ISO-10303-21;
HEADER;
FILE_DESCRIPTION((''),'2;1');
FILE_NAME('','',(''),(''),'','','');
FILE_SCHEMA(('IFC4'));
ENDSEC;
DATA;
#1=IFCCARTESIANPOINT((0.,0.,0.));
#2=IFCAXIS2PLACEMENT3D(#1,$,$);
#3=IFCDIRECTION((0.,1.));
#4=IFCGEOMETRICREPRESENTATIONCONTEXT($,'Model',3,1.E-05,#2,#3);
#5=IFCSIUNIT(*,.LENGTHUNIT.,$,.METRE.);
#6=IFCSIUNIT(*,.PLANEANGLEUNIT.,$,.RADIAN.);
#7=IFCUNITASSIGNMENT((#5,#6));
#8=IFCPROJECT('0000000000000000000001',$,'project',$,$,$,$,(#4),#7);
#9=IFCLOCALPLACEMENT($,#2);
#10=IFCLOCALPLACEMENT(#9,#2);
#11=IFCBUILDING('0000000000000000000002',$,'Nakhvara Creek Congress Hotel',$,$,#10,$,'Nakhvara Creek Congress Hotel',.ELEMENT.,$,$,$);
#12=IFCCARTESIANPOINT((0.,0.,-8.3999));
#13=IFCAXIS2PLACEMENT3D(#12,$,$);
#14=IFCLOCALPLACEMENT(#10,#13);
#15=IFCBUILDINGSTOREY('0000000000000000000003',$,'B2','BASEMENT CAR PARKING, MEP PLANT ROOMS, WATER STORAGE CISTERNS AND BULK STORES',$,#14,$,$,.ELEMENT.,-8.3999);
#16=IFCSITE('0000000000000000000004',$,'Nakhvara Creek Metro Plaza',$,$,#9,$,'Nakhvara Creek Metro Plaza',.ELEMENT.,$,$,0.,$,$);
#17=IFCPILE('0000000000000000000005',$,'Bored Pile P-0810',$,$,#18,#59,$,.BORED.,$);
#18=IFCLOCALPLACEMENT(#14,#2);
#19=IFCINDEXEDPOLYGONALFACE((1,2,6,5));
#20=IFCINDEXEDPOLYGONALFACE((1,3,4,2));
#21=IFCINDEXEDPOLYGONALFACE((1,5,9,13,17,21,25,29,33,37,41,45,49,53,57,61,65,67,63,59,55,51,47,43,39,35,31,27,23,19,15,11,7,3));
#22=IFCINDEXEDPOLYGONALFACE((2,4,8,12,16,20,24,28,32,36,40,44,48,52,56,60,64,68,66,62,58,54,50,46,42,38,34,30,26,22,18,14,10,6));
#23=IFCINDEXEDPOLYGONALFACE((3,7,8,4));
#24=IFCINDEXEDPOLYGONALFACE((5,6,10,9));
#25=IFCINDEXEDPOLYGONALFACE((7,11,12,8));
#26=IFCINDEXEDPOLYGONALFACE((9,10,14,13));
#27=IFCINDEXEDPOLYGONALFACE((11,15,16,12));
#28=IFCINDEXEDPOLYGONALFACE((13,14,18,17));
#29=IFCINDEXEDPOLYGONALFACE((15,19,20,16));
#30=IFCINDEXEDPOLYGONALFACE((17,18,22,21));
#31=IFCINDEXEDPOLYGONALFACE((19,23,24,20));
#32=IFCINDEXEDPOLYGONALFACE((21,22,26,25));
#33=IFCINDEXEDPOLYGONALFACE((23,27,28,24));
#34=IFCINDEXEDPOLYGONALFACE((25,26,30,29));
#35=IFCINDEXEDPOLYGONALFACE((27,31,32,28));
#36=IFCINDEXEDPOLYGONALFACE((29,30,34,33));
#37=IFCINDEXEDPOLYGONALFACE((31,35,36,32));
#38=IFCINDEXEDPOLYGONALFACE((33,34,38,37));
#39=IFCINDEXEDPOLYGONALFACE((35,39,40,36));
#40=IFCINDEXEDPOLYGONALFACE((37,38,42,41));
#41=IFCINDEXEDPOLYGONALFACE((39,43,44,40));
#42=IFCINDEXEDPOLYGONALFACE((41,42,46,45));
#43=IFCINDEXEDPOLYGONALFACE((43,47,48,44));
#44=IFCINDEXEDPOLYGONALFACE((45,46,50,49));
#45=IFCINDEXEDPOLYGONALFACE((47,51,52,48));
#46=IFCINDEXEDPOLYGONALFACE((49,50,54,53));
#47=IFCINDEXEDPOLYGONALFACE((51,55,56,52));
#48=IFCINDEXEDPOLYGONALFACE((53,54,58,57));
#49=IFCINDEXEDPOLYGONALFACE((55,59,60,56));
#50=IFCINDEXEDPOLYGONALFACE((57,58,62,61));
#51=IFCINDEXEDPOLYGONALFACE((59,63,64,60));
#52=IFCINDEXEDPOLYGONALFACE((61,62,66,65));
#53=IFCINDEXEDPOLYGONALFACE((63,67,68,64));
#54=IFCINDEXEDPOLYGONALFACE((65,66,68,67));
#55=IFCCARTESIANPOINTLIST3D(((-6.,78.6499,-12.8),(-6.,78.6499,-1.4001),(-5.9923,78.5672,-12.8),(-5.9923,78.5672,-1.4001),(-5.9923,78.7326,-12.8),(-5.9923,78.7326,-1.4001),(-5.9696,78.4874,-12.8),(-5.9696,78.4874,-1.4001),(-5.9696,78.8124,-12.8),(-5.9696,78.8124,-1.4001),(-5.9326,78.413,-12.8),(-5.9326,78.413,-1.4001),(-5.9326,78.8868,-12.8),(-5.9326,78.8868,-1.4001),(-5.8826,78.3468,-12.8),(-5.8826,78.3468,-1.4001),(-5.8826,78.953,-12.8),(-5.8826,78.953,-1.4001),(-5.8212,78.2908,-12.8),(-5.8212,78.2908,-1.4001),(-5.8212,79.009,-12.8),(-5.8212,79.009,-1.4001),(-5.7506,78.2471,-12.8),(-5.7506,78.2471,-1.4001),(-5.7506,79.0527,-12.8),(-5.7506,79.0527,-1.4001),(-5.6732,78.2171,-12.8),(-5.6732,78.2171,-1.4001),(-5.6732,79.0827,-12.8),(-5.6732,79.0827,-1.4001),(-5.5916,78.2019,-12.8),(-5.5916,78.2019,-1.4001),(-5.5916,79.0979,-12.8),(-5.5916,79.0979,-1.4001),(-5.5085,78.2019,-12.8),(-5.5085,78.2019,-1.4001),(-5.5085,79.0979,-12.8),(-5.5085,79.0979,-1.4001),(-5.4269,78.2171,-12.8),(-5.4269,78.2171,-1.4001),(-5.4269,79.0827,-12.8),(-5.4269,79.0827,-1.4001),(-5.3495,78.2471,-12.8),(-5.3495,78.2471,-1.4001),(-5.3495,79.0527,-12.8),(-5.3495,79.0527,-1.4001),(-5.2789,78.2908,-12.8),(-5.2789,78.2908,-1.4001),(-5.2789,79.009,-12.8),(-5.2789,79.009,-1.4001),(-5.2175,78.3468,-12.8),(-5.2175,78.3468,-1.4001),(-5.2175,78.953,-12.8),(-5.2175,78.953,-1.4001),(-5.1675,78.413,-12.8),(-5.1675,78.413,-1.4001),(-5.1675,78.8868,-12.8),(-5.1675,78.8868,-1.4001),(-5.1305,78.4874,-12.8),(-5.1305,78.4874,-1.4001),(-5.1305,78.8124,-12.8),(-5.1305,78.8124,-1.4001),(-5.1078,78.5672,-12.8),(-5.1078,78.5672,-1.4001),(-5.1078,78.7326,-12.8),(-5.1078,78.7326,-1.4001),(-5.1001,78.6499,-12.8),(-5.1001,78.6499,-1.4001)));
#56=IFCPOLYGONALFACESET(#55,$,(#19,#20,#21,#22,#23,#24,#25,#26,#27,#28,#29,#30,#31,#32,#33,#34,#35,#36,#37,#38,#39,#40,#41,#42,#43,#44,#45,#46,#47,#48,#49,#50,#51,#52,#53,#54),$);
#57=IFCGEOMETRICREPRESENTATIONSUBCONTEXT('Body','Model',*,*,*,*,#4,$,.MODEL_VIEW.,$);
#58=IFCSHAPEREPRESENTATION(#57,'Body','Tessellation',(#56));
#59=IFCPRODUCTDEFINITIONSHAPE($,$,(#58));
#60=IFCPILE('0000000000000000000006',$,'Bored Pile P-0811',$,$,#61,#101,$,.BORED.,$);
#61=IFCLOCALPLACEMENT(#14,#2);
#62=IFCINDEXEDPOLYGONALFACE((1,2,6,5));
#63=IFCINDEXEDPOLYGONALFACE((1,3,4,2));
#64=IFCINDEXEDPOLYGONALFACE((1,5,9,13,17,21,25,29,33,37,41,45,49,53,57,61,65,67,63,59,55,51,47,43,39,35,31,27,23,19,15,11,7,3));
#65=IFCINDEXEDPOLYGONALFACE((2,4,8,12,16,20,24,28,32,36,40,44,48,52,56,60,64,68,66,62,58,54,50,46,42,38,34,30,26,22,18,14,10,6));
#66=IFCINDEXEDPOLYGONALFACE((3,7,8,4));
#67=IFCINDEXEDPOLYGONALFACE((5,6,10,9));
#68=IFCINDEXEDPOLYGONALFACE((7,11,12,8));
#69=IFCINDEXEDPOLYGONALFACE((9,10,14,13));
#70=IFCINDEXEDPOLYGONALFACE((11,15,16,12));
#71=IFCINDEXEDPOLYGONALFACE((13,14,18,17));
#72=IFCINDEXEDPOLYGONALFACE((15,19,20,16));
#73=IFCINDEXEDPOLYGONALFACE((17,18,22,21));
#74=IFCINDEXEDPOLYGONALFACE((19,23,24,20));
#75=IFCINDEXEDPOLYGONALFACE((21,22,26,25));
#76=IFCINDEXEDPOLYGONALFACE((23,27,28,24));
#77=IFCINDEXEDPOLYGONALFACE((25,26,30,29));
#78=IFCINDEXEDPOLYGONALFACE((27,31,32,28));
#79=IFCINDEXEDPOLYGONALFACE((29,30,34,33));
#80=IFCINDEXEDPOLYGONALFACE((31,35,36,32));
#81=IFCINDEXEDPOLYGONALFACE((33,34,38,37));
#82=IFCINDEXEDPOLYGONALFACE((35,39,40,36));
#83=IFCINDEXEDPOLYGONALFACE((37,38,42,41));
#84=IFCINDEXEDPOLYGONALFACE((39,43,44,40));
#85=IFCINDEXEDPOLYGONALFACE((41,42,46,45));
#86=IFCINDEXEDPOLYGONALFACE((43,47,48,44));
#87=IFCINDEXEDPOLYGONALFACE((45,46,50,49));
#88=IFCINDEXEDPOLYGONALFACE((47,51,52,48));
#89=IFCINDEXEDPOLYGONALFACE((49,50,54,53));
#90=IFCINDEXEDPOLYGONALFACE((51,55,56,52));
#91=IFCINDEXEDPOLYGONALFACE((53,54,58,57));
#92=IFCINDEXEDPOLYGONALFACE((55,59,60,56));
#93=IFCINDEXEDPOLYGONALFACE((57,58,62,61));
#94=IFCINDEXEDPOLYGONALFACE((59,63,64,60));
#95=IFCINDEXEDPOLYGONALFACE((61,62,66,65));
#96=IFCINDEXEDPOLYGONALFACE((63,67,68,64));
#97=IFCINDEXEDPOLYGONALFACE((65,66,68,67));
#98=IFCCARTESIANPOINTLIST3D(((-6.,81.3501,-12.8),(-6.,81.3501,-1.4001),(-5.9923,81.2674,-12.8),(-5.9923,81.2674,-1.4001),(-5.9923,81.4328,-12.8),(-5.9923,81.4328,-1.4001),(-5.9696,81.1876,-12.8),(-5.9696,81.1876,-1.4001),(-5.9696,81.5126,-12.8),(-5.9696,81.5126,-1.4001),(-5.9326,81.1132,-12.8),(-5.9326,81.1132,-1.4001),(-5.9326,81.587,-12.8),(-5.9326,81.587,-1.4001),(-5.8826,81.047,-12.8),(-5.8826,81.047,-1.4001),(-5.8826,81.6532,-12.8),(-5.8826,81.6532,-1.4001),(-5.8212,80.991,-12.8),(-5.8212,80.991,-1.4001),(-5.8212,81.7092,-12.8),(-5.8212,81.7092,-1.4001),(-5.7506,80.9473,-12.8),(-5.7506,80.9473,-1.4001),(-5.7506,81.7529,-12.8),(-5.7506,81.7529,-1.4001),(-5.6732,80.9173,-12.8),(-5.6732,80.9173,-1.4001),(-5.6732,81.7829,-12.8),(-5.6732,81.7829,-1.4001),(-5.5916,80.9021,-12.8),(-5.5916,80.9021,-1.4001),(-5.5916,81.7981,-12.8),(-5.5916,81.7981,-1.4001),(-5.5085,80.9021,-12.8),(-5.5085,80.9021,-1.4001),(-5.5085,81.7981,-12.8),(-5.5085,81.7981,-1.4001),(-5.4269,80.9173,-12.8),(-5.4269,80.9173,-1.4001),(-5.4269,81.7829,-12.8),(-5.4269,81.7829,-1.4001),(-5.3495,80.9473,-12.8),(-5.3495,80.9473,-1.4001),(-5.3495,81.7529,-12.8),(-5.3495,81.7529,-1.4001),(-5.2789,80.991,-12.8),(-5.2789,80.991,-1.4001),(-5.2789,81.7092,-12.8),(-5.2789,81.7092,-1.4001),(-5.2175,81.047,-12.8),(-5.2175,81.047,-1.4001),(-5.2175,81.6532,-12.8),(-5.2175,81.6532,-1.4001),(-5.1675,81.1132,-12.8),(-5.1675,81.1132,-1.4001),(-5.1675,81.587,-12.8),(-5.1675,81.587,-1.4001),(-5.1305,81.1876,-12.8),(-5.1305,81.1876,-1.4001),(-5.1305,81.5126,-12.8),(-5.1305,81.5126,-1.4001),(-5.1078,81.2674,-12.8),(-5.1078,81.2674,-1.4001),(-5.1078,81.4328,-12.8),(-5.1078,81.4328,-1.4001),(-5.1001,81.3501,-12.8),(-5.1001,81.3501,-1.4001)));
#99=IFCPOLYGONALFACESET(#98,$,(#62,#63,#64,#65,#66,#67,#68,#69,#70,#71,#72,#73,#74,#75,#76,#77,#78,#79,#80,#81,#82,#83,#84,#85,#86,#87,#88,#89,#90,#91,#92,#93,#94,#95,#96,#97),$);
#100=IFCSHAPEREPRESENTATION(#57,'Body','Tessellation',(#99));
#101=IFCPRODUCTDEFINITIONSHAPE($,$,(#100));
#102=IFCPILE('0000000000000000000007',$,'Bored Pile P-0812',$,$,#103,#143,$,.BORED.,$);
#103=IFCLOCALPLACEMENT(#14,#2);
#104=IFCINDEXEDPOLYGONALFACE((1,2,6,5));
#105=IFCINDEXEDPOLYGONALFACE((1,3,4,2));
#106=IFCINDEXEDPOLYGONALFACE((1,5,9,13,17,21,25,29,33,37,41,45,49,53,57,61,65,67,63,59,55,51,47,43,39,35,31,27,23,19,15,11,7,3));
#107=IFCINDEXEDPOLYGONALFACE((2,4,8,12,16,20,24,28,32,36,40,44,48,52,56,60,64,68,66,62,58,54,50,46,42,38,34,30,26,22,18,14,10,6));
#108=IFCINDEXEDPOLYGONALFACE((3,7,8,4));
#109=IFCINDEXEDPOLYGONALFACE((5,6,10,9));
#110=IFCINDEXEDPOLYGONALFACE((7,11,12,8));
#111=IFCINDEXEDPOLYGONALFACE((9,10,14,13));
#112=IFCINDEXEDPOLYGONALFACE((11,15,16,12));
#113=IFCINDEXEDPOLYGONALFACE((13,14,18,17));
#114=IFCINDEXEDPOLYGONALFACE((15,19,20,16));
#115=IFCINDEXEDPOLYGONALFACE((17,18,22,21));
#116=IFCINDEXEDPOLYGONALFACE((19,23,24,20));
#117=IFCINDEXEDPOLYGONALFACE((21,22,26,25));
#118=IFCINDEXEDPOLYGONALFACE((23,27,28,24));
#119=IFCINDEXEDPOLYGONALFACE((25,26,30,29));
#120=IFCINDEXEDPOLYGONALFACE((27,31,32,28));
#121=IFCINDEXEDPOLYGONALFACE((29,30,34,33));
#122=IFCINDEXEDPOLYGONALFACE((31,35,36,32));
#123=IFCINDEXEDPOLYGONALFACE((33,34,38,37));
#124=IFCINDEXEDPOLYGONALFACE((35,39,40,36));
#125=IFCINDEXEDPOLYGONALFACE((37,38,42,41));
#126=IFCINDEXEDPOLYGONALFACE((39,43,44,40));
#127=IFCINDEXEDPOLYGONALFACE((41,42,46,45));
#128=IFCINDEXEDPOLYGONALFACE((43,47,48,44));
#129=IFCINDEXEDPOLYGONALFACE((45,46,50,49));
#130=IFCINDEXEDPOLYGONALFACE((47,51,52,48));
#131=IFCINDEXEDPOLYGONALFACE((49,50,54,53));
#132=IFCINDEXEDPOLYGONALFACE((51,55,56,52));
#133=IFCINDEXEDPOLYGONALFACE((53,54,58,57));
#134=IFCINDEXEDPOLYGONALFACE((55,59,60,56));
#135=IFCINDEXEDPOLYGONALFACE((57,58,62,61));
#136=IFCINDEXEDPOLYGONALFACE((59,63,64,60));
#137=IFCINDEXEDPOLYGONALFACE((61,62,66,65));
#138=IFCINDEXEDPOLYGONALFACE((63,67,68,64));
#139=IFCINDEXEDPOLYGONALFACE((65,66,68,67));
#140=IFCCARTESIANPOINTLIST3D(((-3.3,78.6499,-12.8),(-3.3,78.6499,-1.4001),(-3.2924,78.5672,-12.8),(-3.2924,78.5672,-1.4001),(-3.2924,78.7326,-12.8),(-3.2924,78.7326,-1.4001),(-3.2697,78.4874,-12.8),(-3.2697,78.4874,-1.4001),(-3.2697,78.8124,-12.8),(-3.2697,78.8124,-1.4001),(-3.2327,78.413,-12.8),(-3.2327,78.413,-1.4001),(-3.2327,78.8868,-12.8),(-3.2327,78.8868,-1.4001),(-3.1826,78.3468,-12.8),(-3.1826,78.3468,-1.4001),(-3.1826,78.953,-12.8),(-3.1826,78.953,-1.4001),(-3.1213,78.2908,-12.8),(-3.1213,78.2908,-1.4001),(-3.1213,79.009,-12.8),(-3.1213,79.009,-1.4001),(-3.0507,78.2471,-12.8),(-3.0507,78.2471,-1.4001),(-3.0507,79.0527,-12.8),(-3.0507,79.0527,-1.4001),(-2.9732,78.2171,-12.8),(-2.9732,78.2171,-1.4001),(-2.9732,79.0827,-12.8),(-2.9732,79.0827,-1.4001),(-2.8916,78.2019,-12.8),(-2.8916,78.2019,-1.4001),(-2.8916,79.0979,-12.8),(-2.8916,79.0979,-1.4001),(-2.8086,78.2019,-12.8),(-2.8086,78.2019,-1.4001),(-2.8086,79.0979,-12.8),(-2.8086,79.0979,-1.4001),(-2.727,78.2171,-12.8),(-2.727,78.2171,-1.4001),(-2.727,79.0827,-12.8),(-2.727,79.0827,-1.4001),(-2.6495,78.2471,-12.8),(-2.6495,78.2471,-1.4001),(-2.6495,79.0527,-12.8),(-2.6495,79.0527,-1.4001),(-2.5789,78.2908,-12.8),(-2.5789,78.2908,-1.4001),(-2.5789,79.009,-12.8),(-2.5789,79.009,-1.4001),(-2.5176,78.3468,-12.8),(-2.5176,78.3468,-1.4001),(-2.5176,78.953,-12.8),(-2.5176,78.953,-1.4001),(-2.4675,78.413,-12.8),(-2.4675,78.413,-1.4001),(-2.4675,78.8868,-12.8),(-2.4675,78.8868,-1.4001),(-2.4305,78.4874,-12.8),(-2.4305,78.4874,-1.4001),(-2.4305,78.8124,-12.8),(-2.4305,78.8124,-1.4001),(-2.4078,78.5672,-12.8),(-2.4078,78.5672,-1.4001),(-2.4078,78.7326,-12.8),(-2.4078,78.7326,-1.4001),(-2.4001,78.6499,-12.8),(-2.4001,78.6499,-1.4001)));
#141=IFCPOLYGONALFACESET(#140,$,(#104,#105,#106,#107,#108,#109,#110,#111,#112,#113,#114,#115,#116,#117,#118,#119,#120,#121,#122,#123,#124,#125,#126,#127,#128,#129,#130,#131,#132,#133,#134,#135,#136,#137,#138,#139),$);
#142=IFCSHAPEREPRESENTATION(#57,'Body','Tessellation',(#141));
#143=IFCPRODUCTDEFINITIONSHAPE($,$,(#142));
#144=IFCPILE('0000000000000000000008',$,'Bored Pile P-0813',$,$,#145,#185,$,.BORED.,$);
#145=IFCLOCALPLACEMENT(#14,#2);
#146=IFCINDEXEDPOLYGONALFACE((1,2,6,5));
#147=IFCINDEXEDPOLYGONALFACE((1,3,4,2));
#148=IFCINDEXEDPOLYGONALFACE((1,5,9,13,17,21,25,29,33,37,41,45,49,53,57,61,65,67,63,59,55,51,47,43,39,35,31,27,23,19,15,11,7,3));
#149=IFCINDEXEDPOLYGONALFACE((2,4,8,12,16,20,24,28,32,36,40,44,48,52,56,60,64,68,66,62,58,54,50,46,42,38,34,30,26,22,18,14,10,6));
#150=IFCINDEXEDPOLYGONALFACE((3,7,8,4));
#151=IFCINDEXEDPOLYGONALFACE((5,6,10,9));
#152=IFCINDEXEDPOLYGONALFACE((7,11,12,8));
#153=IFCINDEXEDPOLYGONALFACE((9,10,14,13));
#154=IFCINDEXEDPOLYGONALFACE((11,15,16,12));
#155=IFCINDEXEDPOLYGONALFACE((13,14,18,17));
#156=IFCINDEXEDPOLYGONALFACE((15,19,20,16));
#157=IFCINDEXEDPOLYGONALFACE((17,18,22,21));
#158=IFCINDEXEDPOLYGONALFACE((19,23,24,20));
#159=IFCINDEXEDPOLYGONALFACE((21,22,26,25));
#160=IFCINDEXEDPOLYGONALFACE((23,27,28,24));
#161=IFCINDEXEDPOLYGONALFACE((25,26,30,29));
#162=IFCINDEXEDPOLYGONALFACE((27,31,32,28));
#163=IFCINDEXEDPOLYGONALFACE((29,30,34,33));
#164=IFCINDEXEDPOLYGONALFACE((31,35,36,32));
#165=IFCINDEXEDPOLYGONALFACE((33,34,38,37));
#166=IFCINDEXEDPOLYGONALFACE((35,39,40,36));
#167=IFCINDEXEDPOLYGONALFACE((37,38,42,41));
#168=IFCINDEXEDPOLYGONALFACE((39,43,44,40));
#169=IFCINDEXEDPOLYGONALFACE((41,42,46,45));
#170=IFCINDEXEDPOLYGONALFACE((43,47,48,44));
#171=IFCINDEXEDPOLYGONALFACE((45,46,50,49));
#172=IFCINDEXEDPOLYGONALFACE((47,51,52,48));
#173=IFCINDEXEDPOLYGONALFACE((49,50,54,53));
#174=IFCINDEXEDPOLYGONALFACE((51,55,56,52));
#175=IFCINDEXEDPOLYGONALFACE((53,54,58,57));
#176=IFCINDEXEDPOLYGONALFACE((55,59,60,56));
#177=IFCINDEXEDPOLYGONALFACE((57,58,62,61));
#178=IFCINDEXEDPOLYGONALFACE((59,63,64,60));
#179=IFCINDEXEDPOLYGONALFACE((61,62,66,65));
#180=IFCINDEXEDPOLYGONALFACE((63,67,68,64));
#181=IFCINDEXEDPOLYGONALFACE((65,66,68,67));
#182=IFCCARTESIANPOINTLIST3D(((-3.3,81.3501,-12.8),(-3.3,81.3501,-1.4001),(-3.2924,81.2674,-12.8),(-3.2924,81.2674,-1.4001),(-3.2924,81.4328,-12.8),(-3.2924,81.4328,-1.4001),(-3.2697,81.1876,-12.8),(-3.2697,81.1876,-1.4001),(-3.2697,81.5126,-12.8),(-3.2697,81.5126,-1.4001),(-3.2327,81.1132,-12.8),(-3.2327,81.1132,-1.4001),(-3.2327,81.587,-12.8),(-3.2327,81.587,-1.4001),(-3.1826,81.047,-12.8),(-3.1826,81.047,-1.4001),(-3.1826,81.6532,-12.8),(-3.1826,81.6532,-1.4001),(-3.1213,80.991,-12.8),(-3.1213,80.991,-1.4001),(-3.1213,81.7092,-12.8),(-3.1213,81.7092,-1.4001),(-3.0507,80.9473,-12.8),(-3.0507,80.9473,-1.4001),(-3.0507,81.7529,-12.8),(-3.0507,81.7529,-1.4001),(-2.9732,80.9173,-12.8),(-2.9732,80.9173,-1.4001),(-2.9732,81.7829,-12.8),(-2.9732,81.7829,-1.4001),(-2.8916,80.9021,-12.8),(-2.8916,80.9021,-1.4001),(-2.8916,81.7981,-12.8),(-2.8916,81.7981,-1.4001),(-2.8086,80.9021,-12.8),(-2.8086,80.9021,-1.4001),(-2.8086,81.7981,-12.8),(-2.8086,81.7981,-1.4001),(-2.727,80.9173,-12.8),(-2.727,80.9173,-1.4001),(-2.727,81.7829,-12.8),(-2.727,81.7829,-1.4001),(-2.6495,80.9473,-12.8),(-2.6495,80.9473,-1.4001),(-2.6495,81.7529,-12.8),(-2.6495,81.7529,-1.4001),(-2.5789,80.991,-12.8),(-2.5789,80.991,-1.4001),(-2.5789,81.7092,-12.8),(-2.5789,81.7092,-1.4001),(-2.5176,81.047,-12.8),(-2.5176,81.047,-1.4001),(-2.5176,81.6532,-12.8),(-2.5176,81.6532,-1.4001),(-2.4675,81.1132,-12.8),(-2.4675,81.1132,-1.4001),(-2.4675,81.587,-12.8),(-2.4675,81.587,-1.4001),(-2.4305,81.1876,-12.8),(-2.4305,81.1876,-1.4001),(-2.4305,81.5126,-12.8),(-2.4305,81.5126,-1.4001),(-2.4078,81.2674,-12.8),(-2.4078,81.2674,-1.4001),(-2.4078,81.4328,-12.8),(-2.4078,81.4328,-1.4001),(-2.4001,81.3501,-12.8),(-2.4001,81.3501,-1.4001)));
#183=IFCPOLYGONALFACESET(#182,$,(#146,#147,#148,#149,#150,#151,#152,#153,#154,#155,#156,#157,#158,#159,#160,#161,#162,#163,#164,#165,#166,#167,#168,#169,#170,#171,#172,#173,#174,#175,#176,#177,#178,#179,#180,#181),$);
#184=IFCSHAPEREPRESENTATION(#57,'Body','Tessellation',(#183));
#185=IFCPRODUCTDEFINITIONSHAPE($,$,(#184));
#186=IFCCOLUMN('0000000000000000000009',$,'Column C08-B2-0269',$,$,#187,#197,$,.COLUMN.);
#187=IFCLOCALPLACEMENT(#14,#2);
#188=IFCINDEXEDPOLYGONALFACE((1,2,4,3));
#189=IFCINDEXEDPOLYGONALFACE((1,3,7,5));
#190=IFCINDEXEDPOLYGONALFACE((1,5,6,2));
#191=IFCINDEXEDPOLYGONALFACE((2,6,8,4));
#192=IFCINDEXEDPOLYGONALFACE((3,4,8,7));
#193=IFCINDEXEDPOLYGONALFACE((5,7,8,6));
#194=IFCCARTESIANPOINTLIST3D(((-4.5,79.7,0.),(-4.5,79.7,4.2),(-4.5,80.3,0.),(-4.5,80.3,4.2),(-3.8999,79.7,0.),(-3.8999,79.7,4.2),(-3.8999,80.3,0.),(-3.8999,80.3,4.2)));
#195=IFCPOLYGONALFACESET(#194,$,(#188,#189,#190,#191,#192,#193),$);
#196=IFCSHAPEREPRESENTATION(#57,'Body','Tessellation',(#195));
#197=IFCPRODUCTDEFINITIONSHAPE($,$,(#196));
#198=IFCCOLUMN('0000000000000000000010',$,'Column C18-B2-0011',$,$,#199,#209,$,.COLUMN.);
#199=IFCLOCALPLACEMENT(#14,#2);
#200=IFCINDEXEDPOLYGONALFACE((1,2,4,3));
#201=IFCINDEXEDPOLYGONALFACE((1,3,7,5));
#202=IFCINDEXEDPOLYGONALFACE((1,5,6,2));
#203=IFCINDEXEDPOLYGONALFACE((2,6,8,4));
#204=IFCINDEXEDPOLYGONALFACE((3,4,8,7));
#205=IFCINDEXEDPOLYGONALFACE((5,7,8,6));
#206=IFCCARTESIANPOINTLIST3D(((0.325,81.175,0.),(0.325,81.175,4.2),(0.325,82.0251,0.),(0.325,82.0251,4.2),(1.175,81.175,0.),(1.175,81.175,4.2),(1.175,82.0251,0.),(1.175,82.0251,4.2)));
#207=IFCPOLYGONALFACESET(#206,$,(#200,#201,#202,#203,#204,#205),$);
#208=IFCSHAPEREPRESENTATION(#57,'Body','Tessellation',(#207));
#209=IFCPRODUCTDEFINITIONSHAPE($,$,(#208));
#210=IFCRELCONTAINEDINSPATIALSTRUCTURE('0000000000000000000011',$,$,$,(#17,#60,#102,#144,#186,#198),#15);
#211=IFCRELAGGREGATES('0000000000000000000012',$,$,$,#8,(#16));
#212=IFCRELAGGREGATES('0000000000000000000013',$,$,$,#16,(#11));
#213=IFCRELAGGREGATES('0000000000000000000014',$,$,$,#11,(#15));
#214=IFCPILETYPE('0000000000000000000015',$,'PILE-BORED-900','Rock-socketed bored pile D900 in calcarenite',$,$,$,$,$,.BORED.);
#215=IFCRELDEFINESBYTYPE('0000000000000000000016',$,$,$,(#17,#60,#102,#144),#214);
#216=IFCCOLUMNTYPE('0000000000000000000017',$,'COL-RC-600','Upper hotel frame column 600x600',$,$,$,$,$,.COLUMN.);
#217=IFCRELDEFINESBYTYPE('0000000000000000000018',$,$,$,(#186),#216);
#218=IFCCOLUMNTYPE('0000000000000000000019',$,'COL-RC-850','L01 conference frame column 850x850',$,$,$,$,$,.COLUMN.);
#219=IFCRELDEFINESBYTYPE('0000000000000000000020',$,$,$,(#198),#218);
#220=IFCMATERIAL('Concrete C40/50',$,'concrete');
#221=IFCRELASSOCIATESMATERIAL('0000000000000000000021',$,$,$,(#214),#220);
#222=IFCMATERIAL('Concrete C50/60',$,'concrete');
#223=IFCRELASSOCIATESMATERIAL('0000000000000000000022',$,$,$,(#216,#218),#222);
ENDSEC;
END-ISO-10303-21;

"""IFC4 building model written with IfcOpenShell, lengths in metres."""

from ifc_helpers import new_model, si_unit, direction, frame, origin, origin_2d, place, context, subcontext, project, spatial, rectangle, circle, extrude, material, material_profile, profile_set, type_object, element, save


model = new_model("IFC4")

# Units and contexts
model_context = context("Model", 3, precision=1e-05, world=origin(), true_north=direction((0.0, 1.0)))
body_context = subcontext(model_context, "Body", "Model", "MODEL_VIEW")
ifc_project = project(units=[si_unit("LENGTHUNIT", "METRE"), si_unit("PLANEANGLEUNIT", "RADIAN")], contexts=[model_context])

# Site, building, storey
site_placement = place(None, origin())
site = spatial("IfcSite", under=ifc_project, at=site_placement, Name="Nakhvara Creek Metro Plaza", LongName="Nakhvara Creek Metro Plaza", CompositionType="ELEMENT", RefElevation=0.0)
building_placement = place(site_placement, origin())
building = spatial("IfcBuilding", under=site, at=building_placement, Name="Nakhvara Creek Congress Hotel", LongName="Nakhvara Creek Congress Hotel", CompositionType="ELEMENT")
storey_placement = place(building_placement, frame((0.0, 0.0, -8.3999)))
storey = spatial("IfcBuildingStorey", under=building, at=storey_placement, Name="B2", Description="BASEMENT CAR PARKING, MEP PLANT ROOMS, WATER STORAGE CISTERNS AND BULK STORES", CompositionType="ELEMENT", Elevation=-8.3999)

# Shared definitions
ifc_material_1 = material(Name="Concrete C40/50", Category="concrete")

# Piles
ifc_material_profile_1 = material_profile(ifc_material_1, circle(Radius=0.45, at=origin_2d()), Name="BORED PILE D900", Category="LoadBearing")
ifc_profile_set_1 = profile_set([ifc_material_profile_1], Name="Concrete C40/50")
pile_type = type_object("IfcPileType", Name="PILE-BORED-900", Description="Rock-socketed bored pile D900 in calcarenite", PredefinedType="BORED", material=ifc_profile_set_1)
for number, where, z_axis, x_axis, name in (
    (1, (-5.55, 78.6499, -1.4001), (0.0, 0.0, -1.0), (1.0, 0.0, 0.0), "Bored Pile P-0810"),
    (2, (-5.55, 81.3501, -1.4001), (0.0, 0.0, -1.0), (1.0, 0.0, 0.0), "Bored Pile P-0811"),
    (3, (-2.8501, 78.6499, -1.4001), (0.0, 0.0, -1.0), (1.0, 0.0, 0.0), "Bored Pile P-0812"),
    (4, (-2.8501, 81.3501, -1.4001), (0.0, 0.0, -1.0), (1.0, 0.0, 0.0), "Bored Pile P-0813"),
):
    element("IfcPile", number, at=place(storey_placement, frame(where, z_axis=z_axis, x_axis=x_axis)), inside=storey, type_object=pile_type, Name=name, PredefinedType="BORED", context=body_context, shape_type="SweptSolid", body=[
        extrude(circle(Radius=0.45, at=origin_2d()), origin(), (0.0, 0.0, 1.0), 11.3999),
    ])

# Columns
ifc_material_2 = material(Name="Concrete C50/60", Category="concrete")
ifc_material_profile_2 = material_profile(ifc_material_2, rectangle(XDim=0.6001, YDim=0.6001, at=origin_2d()), Name="RC-COL 600x600", Category="LoadBearing")
ifc_profile_set_2 = profile_set([ifc_material_profile_2], Name="Concrete C50/60")
column_type_1 = type_object("IfcColumnType", Name="COL-RC-600", Description="Upper hotel frame column 600x600", PredefinedType="COLUMN", material=ifc_profile_set_2)
column_1_placement = place(storey_placement, frame((-4.2, 80.0, 0.0), z_axis=(0.0, 0.0, 1.0), x_axis=(1.0, 0.0, 0.0)))
element("IfcColumn", 5, at=column_1_placement, inside=storey, type_object=column_type_1, Name="Column C08-B2-0269", PredefinedType="COLUMN", context=body_context, shape_type="SweptSolid", body=[
    extrude(rectangle(XDim=0.6001, YDim=0.6001, at=origin_2d()), origin(), (0.0, 0.0, 1.0), 4.2),
])
ifc_material_profile_3 = material_profile(ifc_material_2, rectangle(XDim=0.8501, YDim=0.8501, at=origin_2d()), Name="RC-COL 850x850", Category="LoadBearing")
ifc_profile_set_3 = profile_set([ifc_material_profile_3], Name="Concrete C50/60")
column_type_2 = type_object("IfcColumnType", Name="COL-RC-850", Description="L01 conference frame column 850x850", PredefinedType="COLUMN", material=ifc_profile_set_3)
column_2_placement = place(storey_placement, frame((0.75, 81.6001, 0.0), z_axis=(0.0, 0.0, 1.0), x_axis=(1.0, 0.0, 0.0)))
element("IfcColumn", 6, at=column_2_placement, inside=storey, type_object=column_type_2, Name="Column C18-B2-0011", PredefinedType="COLUMN", context=body_context, shape_type="SweptSolid", body=[
    extrude(rectangle(XDim=0.8501, YDim=0.8501, at=origin_2d()), origin(), (0.0, 0.0, 1.0), 4.2),
])

save(model, "model.ifc")
